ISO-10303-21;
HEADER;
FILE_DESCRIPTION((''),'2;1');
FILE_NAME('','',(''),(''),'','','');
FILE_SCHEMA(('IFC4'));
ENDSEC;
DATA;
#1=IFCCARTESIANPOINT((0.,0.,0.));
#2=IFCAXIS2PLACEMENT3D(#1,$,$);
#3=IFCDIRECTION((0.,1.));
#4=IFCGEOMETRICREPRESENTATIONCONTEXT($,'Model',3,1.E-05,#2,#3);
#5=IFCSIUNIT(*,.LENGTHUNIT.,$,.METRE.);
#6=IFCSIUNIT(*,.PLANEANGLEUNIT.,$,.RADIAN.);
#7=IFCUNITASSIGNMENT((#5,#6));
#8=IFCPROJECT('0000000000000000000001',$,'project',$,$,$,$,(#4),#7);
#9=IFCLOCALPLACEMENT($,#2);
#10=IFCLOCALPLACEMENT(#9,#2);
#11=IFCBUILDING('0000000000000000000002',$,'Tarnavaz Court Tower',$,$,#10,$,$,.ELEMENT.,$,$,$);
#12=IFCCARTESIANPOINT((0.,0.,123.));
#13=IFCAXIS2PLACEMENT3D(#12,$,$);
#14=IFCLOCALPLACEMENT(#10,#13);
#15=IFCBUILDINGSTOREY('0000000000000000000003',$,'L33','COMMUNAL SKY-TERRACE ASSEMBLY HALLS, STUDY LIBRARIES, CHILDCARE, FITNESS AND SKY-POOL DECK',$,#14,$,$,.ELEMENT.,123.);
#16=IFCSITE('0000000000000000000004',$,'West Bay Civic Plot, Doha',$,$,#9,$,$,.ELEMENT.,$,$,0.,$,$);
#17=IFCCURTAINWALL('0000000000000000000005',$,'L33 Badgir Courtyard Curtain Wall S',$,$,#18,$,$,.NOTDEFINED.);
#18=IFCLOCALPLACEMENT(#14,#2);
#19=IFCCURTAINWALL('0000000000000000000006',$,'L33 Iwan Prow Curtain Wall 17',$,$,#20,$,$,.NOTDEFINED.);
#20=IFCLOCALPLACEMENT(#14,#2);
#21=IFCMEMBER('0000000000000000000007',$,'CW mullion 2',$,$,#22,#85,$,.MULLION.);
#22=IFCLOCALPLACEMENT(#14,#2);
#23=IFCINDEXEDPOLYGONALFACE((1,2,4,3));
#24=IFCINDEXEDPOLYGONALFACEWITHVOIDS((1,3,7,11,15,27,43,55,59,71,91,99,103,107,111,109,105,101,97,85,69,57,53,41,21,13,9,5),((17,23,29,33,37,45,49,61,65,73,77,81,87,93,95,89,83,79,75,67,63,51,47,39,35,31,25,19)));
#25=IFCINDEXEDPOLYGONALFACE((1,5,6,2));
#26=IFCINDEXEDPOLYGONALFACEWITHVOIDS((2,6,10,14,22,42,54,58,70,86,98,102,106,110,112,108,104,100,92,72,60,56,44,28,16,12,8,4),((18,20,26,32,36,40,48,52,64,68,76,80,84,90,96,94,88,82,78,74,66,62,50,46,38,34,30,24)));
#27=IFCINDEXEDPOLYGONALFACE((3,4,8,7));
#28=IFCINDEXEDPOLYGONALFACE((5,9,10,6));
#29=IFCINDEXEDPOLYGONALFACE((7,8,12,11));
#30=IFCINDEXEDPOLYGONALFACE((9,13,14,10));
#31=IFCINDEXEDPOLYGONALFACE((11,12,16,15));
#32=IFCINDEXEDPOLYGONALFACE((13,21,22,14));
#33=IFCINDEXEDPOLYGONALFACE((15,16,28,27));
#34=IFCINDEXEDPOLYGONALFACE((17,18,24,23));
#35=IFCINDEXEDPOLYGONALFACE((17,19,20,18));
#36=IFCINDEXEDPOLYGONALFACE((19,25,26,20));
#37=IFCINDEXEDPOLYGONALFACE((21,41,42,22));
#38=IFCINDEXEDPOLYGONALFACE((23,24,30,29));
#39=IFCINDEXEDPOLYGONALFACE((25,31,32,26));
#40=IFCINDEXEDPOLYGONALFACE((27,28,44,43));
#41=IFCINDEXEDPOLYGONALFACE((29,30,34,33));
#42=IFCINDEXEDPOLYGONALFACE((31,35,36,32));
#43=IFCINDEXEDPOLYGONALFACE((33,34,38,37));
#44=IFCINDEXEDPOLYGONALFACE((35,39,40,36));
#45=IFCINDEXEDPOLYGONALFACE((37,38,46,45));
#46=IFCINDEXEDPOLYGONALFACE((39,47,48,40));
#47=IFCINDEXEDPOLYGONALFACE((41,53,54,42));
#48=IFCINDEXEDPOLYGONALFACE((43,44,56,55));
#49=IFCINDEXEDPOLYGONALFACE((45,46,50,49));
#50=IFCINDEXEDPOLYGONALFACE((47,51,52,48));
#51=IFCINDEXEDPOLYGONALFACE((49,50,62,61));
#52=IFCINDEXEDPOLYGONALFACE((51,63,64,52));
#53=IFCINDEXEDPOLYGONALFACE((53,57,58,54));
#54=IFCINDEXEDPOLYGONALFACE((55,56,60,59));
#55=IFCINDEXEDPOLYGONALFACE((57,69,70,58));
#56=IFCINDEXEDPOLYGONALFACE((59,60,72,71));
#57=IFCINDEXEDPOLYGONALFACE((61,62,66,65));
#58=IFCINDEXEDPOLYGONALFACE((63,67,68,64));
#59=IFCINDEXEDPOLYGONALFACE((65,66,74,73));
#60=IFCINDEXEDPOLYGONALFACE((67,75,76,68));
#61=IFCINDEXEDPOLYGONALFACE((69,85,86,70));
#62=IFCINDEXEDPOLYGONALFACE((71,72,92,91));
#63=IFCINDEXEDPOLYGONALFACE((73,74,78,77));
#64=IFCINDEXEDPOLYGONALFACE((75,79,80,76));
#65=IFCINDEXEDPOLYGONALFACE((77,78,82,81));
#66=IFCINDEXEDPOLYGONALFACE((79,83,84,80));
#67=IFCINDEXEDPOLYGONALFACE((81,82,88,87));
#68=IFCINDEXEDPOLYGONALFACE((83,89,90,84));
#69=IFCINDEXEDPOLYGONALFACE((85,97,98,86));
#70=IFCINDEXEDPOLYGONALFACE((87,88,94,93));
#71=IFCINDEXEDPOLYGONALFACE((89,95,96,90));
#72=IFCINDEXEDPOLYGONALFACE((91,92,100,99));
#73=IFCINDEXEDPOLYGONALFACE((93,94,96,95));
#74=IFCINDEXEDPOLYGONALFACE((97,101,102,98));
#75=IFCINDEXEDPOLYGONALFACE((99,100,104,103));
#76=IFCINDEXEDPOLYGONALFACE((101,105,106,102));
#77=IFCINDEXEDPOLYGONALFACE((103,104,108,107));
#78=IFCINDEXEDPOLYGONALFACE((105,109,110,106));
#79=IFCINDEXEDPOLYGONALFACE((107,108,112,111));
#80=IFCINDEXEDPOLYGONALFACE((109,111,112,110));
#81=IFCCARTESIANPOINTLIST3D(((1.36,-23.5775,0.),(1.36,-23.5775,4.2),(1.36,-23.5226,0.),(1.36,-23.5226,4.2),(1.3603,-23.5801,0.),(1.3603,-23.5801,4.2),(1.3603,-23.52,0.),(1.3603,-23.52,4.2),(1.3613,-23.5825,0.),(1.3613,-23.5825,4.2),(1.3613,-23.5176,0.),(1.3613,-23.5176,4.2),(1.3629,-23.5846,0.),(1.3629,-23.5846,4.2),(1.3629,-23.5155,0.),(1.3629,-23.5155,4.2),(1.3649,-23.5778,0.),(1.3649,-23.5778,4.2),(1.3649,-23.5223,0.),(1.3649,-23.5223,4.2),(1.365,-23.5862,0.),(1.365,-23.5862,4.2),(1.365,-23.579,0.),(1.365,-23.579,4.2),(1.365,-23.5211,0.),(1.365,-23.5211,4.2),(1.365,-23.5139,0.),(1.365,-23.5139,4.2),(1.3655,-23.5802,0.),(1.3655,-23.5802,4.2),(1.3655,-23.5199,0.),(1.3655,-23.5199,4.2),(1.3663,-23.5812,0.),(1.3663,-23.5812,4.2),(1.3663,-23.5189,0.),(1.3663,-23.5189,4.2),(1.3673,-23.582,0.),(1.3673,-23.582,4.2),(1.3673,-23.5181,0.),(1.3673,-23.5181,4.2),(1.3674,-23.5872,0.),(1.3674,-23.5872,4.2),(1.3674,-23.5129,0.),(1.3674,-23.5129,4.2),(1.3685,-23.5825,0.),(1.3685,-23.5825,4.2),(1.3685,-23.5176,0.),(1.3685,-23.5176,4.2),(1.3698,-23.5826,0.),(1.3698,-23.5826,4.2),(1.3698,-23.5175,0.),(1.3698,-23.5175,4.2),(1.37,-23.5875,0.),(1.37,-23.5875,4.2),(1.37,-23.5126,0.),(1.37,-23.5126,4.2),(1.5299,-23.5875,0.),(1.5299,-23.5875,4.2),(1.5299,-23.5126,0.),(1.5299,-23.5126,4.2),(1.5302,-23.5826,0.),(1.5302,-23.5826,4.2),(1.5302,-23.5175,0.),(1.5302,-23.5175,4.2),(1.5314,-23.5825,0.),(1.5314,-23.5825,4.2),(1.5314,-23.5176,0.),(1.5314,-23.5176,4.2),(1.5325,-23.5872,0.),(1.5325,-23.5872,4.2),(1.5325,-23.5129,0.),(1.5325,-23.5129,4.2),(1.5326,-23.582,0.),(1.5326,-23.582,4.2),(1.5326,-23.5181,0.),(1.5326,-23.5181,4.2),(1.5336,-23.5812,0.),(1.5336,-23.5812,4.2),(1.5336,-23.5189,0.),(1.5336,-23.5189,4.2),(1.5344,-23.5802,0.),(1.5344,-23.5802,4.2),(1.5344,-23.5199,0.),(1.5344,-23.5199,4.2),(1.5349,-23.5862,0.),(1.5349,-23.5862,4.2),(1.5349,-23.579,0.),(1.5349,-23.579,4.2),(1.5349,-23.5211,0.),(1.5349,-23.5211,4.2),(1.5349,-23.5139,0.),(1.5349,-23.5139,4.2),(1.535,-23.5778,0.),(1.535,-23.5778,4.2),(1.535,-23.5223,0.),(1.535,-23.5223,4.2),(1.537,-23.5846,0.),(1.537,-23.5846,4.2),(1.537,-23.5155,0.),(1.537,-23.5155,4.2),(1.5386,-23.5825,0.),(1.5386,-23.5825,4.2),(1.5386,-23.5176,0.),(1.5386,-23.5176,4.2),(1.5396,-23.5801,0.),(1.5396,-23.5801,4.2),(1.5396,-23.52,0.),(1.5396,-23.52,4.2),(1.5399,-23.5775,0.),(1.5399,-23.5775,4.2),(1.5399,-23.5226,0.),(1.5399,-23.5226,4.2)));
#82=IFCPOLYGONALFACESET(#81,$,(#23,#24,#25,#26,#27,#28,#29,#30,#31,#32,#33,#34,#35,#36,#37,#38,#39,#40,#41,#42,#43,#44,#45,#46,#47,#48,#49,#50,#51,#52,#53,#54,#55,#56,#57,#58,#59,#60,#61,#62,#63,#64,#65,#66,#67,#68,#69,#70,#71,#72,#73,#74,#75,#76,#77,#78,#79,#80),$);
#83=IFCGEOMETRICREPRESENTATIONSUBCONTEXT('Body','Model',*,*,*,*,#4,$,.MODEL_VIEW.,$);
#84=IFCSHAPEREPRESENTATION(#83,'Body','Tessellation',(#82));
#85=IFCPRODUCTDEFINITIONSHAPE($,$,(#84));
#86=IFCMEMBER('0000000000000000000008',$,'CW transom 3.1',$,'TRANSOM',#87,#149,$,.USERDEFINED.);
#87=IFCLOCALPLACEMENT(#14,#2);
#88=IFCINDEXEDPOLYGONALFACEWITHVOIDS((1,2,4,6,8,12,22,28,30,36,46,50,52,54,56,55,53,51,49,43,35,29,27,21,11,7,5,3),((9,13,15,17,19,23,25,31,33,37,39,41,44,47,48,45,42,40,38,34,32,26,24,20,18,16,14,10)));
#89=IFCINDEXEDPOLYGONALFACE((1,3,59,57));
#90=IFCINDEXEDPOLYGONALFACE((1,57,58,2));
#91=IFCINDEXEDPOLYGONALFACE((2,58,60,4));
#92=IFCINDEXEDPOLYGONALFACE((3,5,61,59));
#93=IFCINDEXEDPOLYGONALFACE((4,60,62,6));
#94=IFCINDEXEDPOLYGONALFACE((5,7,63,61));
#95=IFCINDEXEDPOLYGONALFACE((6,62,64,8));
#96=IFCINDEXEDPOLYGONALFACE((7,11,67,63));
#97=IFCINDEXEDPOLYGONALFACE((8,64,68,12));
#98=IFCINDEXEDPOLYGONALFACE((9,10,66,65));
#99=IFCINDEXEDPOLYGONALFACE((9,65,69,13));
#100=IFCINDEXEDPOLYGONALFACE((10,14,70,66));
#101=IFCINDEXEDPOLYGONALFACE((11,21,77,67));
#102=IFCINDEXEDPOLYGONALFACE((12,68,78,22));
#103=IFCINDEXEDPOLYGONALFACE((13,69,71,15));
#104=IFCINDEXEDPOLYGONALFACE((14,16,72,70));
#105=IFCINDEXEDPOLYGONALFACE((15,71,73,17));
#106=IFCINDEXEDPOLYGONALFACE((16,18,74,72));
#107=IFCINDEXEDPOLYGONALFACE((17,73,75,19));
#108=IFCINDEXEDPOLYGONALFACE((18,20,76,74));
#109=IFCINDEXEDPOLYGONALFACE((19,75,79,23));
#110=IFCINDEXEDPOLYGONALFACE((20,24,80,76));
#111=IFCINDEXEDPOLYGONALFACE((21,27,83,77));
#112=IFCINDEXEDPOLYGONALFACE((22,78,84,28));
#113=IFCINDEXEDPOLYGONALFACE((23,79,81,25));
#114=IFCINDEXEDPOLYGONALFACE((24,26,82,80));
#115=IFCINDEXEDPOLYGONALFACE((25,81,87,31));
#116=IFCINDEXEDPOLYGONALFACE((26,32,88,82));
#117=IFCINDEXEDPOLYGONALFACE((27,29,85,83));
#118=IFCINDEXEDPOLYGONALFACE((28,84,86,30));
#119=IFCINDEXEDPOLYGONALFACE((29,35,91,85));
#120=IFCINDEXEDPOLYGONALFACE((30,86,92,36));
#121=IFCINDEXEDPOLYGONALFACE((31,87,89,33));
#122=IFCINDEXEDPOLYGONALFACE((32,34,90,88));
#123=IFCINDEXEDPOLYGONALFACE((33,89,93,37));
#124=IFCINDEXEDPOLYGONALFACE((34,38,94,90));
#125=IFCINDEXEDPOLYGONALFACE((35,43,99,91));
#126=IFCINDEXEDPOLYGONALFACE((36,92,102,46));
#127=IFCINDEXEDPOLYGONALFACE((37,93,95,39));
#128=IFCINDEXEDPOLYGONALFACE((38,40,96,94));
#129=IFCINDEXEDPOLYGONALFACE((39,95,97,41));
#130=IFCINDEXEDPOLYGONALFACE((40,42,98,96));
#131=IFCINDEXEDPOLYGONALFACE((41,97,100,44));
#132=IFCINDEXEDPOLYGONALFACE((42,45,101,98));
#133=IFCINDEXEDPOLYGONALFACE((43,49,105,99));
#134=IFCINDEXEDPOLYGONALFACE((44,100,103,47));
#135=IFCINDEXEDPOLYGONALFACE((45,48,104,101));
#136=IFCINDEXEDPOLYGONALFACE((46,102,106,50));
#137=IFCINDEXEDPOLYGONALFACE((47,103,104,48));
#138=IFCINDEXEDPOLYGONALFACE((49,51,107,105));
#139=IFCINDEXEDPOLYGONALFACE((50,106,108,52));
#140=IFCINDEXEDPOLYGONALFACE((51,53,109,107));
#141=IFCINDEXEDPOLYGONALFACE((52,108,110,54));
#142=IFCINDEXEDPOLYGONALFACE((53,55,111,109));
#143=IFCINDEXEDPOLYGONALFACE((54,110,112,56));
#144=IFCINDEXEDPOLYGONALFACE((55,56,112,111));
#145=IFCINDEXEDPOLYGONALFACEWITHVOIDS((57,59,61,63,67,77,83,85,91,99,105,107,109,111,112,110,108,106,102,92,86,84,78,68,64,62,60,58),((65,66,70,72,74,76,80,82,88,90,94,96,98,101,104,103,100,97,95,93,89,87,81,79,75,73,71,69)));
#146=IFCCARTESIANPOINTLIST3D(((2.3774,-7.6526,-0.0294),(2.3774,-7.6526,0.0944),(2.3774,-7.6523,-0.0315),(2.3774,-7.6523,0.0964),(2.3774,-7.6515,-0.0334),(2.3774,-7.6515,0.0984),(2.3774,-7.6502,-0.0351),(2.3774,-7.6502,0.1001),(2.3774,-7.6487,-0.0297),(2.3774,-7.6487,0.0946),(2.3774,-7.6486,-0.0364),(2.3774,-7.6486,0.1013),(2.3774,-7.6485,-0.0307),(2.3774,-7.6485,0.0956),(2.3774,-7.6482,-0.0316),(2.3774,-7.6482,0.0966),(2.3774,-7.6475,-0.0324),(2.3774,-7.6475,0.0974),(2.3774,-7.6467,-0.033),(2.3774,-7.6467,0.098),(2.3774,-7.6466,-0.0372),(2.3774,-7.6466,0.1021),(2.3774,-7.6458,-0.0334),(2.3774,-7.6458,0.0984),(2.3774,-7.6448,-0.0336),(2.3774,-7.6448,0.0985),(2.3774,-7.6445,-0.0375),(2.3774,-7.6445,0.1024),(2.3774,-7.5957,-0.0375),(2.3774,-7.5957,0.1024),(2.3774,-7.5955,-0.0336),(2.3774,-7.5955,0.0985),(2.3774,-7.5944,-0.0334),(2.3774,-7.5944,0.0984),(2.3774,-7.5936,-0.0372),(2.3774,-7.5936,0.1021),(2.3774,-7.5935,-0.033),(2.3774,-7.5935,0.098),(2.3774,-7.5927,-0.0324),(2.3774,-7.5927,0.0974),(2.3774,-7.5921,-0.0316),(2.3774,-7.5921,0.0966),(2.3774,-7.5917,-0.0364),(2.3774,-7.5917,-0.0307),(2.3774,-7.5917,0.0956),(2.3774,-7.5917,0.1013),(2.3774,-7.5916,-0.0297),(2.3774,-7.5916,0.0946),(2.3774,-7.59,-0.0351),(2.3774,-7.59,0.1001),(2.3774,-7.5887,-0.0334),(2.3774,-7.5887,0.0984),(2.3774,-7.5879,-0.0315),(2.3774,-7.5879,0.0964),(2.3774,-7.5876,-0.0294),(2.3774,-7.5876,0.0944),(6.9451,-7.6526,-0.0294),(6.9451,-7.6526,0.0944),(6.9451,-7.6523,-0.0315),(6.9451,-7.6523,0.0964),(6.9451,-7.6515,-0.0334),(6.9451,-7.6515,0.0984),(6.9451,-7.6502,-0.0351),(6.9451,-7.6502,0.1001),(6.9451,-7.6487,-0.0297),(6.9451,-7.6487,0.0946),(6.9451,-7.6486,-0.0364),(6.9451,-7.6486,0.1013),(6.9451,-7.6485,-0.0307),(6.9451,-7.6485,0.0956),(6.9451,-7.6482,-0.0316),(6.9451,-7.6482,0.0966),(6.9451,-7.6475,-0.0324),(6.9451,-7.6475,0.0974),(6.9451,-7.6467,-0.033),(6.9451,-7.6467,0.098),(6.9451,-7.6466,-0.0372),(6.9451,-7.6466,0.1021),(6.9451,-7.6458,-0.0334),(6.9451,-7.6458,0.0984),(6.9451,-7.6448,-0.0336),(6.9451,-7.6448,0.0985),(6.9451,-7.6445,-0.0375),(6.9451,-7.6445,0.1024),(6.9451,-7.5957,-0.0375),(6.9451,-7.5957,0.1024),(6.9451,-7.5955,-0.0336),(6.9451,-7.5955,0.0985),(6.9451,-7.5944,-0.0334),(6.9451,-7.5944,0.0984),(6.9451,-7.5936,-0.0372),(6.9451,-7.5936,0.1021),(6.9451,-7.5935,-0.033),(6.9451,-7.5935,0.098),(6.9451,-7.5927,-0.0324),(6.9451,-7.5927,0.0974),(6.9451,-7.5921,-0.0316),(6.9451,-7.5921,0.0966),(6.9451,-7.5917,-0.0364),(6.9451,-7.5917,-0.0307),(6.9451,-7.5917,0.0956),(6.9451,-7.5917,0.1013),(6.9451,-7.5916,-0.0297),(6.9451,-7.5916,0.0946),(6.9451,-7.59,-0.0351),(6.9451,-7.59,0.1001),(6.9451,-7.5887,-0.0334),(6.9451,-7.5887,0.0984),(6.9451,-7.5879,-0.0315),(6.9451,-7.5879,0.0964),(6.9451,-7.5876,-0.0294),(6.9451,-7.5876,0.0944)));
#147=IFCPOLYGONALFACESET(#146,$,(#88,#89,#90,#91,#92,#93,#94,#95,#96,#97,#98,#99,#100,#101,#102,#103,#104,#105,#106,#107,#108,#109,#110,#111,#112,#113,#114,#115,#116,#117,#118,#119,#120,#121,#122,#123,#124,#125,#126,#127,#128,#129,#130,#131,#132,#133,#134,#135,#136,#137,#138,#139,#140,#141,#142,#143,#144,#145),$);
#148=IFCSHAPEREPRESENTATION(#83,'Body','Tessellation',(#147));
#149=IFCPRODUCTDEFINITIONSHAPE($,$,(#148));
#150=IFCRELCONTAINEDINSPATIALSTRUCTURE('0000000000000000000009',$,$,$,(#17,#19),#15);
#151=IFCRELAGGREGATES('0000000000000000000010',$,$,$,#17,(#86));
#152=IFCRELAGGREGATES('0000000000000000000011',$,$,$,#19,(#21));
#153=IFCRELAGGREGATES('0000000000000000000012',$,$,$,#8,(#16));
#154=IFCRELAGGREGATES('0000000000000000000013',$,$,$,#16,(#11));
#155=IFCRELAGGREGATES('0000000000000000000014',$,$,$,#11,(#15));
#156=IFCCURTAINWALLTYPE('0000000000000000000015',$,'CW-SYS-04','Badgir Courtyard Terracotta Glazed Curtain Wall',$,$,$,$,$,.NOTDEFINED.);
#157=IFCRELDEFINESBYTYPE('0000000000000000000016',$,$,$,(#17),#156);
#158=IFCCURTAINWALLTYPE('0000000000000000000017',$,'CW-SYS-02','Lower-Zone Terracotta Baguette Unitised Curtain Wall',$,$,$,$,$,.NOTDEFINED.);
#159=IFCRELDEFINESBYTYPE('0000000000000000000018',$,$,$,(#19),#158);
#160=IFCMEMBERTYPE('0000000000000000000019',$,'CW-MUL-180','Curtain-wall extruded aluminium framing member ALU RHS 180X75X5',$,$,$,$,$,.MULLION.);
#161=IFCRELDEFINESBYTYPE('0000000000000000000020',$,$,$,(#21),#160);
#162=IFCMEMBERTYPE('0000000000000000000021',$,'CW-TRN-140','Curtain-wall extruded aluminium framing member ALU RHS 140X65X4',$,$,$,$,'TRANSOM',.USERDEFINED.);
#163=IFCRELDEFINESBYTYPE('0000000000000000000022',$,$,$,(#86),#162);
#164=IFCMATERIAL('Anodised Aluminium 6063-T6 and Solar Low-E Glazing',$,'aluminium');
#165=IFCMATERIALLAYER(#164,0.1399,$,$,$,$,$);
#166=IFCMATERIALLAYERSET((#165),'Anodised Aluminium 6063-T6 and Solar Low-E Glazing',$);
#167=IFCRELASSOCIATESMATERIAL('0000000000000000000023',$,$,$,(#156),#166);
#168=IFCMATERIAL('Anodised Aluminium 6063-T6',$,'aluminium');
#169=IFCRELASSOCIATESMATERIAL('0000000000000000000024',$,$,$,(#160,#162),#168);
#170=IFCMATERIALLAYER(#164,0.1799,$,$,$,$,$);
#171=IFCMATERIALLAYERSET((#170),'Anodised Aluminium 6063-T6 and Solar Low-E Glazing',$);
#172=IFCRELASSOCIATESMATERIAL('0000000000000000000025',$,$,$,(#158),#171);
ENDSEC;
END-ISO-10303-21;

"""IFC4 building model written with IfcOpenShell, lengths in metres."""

from ifc_helpers import new_model, si_unit, direction, frame, origin, origin_2d, place, context, subcontext, project, spatial, hollow_rectangle, extrude, material, layer, layer_set, material_profile, profile_set, type_object, element, aggregate, save


model = new_model("IFC4")

# Units and contexts
model_context = context("Model", 3, precision=1e-05, world=origin(), true_north=direction((0.0, 1.0)))
body_context = subcontext(model_context, "Body", "Model", "MODEL_VIEW")
ifc_project = project(units=[si_unit("LENGTHUNIT", "METRE"), si_unit("PLANEANGLEUNIT", "RADIAN")], contexts=[model_context])

# Site, building, storey
site_placement = place(None, origin())
site = spatial("IfcSite", under=ifc_project, at=site_placement, Name="West Bay Civic Plot, Doha", CompositionType="ELEMENT", RefElevation=0.0)
building_placement = place(site_placement, origin())
building = spatial("IfcBuilding", under=site, at=building_placement, Name="Tarnavaz Court Tower", CompositionType="ELEMENT")
storey_placement = place(building_placement, frame((0.0, 0.0, 123.0)))
storey = spatial("IfcBuildingStorey", under=building, at=storey_placement, Name="L33", Description="COMMUNAL SKY-TERRACE ASSEMBLY HALLS, STUDY LIBRARIES, CHILDCARE, FITNESS AND SKY-POOL DECK", CompositionType="ELEMENT", Elevation=123.0)

# Curtain wall
ifc_material_1 = material(Name="Anodised Aluminium 6063-T6 and Solar Low-E Glazing", Category="aluminium")
ifc_layer_1 = layer(ifc_material_1, 0.1399)
ifc_layer_set_1 = layer_set([ifc_layer_1], Name="Anodised Aluminium 6063-T6 and Solar Low-E Glazing")
curtain_wall_type_1 = type_object("IfcCurtainWallType", Name="CW-SYS-04", Description="Badgir Courtyard Terracotta Glazed Curtain Wall", PredefinedType="NOTDEFINED", material=ifc_layer_set_1)
curtain_wall_1_placement = place(storey_placement, origin())
curtain_wall_1 = element("IfcCurtainWall", 1, at=curtain_wall_1_placement, inside=storey, type_object=curtain_wall_type_1, Name="L33 Badgir Courtyard Curtain Wall S", PredefinedType="NOTDEFINED")
ifc_material_2 = material(Name="Anodised Aluminium 6063-T6", Category="aluminium")
ifc_material_profile_1 = material_profile(ifc_material_2, hollow_rectangle(XDim=0.075, YDim=0.1799, WallThickness=0.0049, InnerFilletRadius=0.0049, OuterFilletRadius=0.01, at=origin_2d()), Name="ALU RHS 180X75X5")
ifc_profile_set_1 = profile_set([ifc_material_profile_1], Name="Anodised Aluminium 6063-T6")
member_type_1 = type_object("IfcMemberType", Name="CW-MUL-180", Description="Curtain-wall extruded aluminium framing member ALU RHS 180X75X5", PredefinedType="MULLION", material=ifc_profile_set_1)

# Curtain wall, member
ifc_layer_2 = layer(ifc_material_1, 0.1799)
ifc_layer_set_2 = layer_set([ifc_layer_2], Name="Anodised Aluminium 6063-T6 and Solar Low-E Glazing")
curtain_wall_type_2 = type_object("IfcCurtainWallType", Name="CW-SYS-02", Description="Lower-Zone Terracotta Baguette Unitised Curtain Wall", PredefinedType="NOTDEFINED", material=ifc_layer_set_2)
curtain_wall_2_placement = place(storey_placement, origin())
curtain_wall_2 = element("IfcCurtainWall", 2, at=curtain_wall_2_placement, inside=storey, type_object=curtain_wall_type_2, Name="L33 Iwan Prow Curtain Wall 17", PredefinedType="NOTDEFINED")
member_1_placement = place(storey_placement, frame((1.45, -23.55, 0.0), z_axis=(0.0, 0.0, 1.0), x_axis=(0.0, -1.0, 0.0)))
member_1 = element("IfcMember", 3, at=member_1_placement, type_object=member_type_1, Name="CW mullion 2", PredefinedType="MULLION", context=body_context, shape_type="SweptSolid", body=[
    extrude(hollow_rectangle(XDim=0.075, YDim=0.1799, WallThickness=0.0049, InnerFilletRadius=0.0049, OuterFilletRadius=0.01, at=origin_2d()), origin(), (0.0, 0.0, 1.0), 4.2),
])

# Member
ifc_material_profile_2 = material_profile(ifc_material_2, hollow_rectangle(XDim=0.0649, YDim=0.1399, WallThickness=0.0039, InnerFilletRadius=0.0039, OuterFilletRadius=0.0081, at=origin_2d()), Name="ALU RHS 140X65X4")
ifc_profile_set_2 = profile_set([ifc_material_profile_2], Name="Anodised Aluminium 6063-T6")
member_type_2 = type_object("IfcMemberType", Name="CW-TRN-140", Description="Curtain-wall extruded aluminium framing member ALU RHS 140X65X4", ElementType="TRANSOM", PredefinedType="USERDEFINED", material=ifc_profile_set_2)
member_2_placement = place(storey_placement, frame((2.3774, -7.6201, 0.0325), z_axis=(1.0, 0.0, 0.0), x_axis=(0.0, 1.0, 0.0)))
member_2 = element("IfcMember", 4, at=member_2_placement, type_object=member_type_2, Name="CW transom 3.1", ObjectType="TRANSOM", PredefinedType="USERDEFINED", context=body_context, shape_type="SweptSolid", body=[
    extrude(hollow_rectangle(XDim=0.0649, YDim=0.1399, WallThickness=0.0039, InnerFilletRadius=0.0039, OuterFilletRadius=0.0081, at=origin_2d()), origin(), (0.0, 0.0, 1.0), 4.5676),
])

aggregate(curtain_wall_1, [member_2])
aggregate(curtain_wall_2, [member_1])

save(model, "model.ifc")
